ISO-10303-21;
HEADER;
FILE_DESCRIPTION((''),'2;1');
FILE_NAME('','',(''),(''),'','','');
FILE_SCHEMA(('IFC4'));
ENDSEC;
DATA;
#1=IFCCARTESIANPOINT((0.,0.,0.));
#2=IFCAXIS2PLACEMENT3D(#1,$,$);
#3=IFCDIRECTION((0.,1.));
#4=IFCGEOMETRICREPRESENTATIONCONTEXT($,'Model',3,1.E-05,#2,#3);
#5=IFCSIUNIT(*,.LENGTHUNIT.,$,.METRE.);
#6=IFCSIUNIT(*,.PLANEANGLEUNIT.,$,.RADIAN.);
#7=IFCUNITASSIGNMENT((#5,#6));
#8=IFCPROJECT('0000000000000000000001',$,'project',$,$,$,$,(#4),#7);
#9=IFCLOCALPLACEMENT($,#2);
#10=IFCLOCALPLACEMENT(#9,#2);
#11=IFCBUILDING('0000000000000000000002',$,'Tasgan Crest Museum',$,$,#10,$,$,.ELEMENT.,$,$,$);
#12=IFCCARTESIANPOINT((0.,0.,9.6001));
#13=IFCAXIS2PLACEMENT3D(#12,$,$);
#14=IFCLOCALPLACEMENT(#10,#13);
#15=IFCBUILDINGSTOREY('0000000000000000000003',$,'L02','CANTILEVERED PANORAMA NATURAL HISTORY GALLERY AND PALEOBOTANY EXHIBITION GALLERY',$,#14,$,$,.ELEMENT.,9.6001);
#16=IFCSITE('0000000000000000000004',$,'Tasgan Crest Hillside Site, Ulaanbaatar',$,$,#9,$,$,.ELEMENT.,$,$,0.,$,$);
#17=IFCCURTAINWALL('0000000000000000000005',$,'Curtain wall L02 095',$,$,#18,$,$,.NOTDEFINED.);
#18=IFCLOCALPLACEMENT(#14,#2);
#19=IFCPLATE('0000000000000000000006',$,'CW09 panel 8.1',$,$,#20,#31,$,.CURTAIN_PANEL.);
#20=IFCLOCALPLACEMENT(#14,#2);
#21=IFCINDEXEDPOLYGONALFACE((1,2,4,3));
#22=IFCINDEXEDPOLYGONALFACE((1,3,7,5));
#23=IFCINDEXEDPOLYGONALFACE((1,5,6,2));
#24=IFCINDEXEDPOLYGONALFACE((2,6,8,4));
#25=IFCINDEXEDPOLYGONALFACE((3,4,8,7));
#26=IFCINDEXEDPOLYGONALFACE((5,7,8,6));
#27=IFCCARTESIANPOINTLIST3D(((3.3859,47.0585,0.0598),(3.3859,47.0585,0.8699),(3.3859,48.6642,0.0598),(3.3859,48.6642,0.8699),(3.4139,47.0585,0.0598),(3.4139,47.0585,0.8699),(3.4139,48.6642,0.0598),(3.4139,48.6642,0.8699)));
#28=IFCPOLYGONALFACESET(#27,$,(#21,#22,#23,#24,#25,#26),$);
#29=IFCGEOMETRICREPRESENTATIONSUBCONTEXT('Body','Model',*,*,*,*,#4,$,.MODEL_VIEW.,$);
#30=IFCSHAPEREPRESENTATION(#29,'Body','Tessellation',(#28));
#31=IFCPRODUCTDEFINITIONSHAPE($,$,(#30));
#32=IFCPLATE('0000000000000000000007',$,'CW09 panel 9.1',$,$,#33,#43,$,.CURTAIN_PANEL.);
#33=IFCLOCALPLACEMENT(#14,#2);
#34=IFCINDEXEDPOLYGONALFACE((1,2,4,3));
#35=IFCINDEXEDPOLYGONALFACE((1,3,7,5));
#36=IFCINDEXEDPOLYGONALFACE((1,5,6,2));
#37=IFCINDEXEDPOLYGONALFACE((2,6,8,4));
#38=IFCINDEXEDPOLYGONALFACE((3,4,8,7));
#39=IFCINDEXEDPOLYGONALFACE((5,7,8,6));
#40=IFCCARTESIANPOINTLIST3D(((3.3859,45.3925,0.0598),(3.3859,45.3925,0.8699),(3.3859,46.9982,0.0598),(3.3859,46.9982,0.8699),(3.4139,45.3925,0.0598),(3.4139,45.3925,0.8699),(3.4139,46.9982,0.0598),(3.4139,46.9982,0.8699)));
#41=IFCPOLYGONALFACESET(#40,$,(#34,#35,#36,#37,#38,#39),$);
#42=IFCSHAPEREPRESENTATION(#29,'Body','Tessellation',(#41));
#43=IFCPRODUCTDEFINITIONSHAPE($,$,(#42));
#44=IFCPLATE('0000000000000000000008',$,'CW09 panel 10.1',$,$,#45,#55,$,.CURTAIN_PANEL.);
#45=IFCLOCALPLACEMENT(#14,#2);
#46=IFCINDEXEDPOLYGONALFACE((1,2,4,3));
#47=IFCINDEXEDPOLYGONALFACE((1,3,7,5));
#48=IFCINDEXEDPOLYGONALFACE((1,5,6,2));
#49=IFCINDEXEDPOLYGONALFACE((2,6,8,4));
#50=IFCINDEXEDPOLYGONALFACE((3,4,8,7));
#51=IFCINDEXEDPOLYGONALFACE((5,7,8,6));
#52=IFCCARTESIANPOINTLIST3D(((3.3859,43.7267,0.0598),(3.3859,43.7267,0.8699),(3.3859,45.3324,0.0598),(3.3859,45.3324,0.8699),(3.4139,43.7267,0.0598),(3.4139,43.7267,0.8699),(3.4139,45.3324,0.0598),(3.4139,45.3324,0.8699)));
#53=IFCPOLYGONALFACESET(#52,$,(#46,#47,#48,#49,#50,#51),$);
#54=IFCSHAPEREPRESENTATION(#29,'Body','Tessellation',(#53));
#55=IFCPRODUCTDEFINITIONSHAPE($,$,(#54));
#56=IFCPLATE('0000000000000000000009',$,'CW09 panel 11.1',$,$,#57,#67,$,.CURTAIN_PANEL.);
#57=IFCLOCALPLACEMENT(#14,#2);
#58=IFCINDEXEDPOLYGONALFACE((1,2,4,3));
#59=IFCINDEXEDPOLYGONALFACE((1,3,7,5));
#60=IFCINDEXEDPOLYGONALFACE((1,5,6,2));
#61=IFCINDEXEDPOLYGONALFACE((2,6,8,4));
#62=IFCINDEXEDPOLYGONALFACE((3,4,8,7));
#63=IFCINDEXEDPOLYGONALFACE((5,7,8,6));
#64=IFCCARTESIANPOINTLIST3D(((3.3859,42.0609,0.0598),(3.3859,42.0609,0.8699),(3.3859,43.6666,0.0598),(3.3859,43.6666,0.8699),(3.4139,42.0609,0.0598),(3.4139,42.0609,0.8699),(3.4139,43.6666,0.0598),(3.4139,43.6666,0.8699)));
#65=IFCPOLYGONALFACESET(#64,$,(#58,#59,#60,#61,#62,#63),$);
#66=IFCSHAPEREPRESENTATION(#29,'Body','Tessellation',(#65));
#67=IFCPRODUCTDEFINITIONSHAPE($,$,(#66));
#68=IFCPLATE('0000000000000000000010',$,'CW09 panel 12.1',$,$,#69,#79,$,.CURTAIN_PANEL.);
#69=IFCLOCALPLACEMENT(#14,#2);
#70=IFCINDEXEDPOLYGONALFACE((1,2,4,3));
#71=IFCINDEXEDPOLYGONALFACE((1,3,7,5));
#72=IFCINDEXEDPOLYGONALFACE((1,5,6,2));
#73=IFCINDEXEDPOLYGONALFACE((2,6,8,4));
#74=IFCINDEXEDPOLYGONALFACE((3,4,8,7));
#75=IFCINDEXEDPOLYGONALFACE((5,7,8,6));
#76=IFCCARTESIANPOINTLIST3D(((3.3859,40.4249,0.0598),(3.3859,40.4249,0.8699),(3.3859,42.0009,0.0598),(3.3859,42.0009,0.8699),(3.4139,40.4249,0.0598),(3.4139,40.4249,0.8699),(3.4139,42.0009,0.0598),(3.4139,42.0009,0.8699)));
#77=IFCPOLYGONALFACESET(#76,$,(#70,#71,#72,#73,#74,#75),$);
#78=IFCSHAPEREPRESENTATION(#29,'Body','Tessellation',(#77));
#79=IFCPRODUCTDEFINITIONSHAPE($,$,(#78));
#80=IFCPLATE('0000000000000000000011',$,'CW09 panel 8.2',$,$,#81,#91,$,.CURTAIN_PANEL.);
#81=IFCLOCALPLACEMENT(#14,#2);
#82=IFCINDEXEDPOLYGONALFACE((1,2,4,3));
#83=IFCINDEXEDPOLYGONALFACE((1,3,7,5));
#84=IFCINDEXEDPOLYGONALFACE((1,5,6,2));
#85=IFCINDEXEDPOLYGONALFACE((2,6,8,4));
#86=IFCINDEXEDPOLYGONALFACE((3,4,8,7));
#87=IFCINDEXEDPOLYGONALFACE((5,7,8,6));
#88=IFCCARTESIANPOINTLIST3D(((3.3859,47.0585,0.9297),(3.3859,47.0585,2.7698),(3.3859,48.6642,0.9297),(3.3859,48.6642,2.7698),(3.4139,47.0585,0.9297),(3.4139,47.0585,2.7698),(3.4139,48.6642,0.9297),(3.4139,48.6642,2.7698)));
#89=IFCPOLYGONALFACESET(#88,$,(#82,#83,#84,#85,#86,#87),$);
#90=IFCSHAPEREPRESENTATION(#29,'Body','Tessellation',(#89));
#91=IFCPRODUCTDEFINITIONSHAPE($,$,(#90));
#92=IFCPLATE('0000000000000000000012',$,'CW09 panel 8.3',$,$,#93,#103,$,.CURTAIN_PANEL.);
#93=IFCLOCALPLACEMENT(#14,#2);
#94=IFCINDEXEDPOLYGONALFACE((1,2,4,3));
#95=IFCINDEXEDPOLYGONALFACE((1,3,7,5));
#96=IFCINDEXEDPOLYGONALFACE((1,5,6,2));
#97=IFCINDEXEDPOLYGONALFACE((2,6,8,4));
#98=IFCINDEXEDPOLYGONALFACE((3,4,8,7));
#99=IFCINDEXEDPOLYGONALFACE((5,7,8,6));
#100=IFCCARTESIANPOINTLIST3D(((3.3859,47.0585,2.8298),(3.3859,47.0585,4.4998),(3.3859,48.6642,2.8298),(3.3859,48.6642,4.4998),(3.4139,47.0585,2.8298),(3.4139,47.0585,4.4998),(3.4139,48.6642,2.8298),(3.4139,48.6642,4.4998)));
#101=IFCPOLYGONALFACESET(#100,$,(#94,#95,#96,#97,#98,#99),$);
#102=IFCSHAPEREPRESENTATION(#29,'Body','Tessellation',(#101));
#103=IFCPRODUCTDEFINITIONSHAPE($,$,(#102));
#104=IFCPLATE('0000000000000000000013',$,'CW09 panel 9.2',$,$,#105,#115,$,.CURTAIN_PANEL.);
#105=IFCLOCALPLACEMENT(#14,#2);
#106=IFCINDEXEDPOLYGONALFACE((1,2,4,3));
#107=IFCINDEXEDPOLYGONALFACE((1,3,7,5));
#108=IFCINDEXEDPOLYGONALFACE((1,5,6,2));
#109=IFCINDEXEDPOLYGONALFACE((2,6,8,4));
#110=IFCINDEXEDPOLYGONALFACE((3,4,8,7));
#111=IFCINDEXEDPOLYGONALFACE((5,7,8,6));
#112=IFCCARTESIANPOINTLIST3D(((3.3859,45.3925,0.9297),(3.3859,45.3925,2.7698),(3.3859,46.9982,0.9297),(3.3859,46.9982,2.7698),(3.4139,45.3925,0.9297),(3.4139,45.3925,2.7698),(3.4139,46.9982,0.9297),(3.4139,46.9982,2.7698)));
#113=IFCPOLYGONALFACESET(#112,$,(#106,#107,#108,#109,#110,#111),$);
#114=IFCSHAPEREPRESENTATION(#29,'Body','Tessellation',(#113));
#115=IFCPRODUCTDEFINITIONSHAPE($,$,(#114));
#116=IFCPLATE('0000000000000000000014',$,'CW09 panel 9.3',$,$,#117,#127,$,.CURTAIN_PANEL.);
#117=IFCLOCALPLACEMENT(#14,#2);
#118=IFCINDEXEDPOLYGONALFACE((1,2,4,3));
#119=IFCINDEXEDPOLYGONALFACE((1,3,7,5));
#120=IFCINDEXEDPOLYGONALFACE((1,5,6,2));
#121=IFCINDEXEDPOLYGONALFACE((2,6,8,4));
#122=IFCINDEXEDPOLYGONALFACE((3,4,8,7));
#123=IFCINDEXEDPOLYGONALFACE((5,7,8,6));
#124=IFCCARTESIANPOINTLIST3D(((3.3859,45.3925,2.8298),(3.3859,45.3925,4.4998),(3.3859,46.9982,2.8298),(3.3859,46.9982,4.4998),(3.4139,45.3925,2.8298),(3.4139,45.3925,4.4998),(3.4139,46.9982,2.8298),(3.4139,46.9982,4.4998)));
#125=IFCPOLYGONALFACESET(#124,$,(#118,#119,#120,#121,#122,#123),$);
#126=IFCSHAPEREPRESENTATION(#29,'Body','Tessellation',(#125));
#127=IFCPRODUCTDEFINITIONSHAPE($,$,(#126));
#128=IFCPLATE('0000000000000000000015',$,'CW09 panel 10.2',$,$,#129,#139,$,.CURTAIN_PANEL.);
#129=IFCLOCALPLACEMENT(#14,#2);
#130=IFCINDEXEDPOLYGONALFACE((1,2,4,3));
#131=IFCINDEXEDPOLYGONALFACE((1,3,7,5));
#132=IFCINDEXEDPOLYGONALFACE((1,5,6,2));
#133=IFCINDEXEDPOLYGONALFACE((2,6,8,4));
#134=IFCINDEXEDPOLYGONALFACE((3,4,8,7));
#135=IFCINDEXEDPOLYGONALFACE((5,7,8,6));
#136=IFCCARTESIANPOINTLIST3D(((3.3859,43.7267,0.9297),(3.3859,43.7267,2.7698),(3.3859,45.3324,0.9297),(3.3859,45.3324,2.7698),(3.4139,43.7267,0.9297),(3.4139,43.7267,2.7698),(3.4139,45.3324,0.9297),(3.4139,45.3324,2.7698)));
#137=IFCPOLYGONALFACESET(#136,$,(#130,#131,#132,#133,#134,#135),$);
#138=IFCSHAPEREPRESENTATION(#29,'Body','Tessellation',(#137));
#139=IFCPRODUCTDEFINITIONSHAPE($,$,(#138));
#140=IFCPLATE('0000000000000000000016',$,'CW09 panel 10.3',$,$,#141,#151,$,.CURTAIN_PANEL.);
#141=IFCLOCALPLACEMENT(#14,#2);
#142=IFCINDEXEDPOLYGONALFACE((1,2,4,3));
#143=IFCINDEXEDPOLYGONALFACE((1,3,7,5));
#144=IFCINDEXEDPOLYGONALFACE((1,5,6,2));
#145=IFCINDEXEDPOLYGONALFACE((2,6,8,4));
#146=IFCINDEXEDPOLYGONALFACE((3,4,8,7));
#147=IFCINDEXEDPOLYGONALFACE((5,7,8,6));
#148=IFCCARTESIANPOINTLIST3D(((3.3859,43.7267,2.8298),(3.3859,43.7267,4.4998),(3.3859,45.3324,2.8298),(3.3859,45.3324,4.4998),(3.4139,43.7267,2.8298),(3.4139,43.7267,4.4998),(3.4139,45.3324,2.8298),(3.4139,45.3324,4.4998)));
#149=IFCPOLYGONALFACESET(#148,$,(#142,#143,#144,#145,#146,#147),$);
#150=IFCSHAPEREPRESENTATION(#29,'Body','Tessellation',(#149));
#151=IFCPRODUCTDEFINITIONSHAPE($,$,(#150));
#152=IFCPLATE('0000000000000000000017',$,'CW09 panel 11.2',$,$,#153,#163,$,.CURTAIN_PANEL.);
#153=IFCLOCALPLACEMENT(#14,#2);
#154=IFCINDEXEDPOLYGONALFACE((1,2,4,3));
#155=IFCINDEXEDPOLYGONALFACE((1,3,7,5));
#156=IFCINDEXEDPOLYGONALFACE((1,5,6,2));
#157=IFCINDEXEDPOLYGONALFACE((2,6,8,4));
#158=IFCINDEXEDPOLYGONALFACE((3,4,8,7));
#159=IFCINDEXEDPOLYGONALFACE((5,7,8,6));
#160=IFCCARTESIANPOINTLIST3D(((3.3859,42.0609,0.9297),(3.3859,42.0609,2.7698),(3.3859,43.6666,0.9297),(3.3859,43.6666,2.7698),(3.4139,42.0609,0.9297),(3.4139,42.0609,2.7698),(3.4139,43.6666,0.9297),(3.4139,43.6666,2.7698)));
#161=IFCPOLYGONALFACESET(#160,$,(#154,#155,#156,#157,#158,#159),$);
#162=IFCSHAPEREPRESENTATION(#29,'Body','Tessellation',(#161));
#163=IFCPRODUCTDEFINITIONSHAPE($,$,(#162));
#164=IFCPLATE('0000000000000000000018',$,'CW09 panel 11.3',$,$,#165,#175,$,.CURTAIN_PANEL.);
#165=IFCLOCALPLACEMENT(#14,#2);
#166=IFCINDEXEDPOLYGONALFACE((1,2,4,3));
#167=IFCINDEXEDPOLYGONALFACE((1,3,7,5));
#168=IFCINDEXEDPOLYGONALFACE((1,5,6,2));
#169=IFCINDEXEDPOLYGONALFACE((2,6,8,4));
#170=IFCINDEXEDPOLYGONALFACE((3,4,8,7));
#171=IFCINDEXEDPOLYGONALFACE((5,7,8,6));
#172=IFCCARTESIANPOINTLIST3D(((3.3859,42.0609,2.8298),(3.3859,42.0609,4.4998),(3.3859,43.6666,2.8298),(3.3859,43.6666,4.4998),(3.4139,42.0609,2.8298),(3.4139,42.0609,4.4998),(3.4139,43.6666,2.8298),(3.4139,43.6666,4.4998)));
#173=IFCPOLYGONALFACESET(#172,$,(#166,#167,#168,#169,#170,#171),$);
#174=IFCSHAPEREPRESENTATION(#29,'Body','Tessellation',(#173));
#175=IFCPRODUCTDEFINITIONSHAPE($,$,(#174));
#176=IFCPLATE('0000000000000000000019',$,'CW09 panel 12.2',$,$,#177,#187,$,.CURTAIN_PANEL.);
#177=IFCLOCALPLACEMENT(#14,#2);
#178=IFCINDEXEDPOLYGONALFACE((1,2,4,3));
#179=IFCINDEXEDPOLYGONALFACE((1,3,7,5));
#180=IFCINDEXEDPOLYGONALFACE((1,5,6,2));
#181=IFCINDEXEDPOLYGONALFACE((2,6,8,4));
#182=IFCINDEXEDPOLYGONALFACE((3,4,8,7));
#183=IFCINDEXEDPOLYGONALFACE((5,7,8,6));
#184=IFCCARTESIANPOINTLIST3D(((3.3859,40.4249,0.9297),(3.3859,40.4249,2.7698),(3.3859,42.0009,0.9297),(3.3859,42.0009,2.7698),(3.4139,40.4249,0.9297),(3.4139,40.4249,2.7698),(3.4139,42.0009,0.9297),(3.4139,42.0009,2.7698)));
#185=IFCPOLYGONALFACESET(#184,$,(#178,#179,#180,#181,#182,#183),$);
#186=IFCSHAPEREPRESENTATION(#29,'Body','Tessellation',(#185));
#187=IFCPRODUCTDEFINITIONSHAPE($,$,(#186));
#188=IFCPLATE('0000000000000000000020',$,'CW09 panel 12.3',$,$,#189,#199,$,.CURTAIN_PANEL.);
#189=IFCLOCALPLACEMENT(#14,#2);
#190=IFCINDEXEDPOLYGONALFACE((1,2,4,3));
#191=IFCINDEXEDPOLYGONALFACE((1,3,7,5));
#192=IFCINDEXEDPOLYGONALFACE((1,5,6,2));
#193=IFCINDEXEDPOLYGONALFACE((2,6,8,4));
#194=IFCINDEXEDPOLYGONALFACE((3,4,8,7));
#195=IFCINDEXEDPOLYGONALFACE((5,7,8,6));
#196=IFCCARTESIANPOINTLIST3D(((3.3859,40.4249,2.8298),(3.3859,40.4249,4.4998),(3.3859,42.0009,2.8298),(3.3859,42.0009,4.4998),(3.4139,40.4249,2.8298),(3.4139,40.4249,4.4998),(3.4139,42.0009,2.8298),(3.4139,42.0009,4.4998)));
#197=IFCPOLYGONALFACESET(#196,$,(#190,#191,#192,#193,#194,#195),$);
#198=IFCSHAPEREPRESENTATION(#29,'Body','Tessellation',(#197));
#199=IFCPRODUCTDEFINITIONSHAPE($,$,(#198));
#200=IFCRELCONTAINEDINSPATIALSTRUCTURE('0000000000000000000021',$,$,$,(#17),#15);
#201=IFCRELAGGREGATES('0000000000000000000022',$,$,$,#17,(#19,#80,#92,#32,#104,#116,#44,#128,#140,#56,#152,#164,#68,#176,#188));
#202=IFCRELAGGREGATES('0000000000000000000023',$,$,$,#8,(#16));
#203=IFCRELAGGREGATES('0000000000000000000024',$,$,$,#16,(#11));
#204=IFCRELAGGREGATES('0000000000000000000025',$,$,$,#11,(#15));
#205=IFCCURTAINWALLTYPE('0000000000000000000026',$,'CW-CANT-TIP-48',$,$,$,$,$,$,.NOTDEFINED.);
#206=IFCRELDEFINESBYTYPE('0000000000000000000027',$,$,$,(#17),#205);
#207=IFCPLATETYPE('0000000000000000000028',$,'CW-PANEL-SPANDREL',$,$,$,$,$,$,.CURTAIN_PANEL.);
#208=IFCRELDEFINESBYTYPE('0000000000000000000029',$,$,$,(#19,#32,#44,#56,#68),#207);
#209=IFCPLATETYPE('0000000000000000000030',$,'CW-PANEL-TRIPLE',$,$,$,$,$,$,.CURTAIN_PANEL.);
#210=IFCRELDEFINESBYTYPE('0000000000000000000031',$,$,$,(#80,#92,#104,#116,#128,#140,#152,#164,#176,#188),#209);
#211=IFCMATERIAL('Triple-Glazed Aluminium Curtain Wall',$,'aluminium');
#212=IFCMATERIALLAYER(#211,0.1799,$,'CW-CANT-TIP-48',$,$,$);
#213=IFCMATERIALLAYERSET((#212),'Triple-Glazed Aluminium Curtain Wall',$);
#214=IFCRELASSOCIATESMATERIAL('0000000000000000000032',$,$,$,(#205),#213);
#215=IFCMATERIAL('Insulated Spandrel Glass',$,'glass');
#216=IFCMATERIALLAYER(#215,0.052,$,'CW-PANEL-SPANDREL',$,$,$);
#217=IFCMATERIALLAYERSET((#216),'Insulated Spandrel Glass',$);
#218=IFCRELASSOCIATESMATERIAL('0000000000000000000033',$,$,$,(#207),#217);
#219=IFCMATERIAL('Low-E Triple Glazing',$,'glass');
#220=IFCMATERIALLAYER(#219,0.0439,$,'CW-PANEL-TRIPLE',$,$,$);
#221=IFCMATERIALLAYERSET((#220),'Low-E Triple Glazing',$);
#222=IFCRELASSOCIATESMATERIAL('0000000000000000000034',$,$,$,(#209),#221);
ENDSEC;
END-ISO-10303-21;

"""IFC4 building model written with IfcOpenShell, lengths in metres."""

from ifc_helpers import new_model, si_unit, direction, frame, origin, origin_2d, place, context, subcontext, project, spatial, rectangle, extrude, material, layer, layer_set, type_object, element, aggregate, save


model = new_model("IFC4")

# Units and contexts
model_context = context("Model", 3, precision=1e-05, world=origin(), true_north=direction((0.0, 1.0)))
body_context = subcontext(model_context, "Body", "Model", "MODEL_VIEW")
ifc_project = project(units=[si_unit("LENGTHUNIT", "METRE"), si_unit("PLANEANGLEUNIT", "RADIAN")], contexts=[model_context])

# Site, building, storey
site_placement = place(None, origin())
site = spatial("IfcSite", under=ifc_project, at=site_placement, Name="Tasgan Crest Hillside Site, Ulaanbaatar", CompositionType="ELEMENT", RefElevation=0.0)
building_placement = place(site_placement, origin())
building = spatial("IfcBuilding", under=site, at=building_placement, Name="Tasgan Crest Museum", CompositionType="ELEMENT")
storey_placement = place(building_placement, frame((0.0, 0.0, 9.6001)))
storey = spatial("IfcBuildingStorey", under=building, at=storey_placement, Name="L02", Description="CANTILEVERED PANORAMA NATURAL HISTORY GALLERY AND PALEOBOTANY EXHIBITION GALLERY", CompositionType="ELEMENT", Elevation=9.6001)

# Curtain wall, plates
ifc_material_1 = material(Name="Triple-Glazed Aluminium Curtain Wall", Category="aluminium")
ifc_layer_1 = layer(ifc_material_1, 0.1799, Name="CW-CANT-TIP-48")
ifc_layer_set_1 = layer_set([ifc_layer_1], Name="Triple-Glazed Aluminium Curtain Wall")
curtain_wall_type = type_object("IfcCurtainWallType", Name="CW-CANT-TIP-48", PredefinedType="NOTDEFINED", material=ifc_layer_set_1)
curtain_wall_placement = place(storey_placement, origin())
curtain_wall = element("IfcCurtainWall", 1, at=curtain_wall_placement, inside=storey, type_object=curtain_wall_type, Name="Curtain wall L02 095", PredefinedType="NOTDEFINED")
ifc_material_2 = material(Name="Insulated Spandrel Glass", Category="glass")
ifc_layer_2 = layer(ifc_material_2, 0.052, Name="CW-PANEL-SPANDREL")
ifc_layer_set_2 = layer_set([ifc_layer_2], Name="Insulated Spandrel Glass")
plate_type_1 = type_object("IfcPlateType", Name="CW-PANEL-SPANDREL", PredefinedType="CURTAIN_PANEL", material=ifc_layer_set_2)
plate_1_placement = place(storey_placement, frame((3.3999, 47.8613, 0.0598), z_axis=(0.0, 0.0, 1.0), x_axis=(0.0, -1.0, 0.0)))
plate_1 = element("IfcPlate", 2, at=plate_1_placement, type_object=plate_type_1, Name="CW09 panel 8.1", PredefinedType="CURTAIN_PANEL", context=body_context, shape_type="SweptSolid", body=[
    extrude(rectangle(XDim=1.6057, YDim=0.0281, at=origin_2d()), origin(), (0.0, 0.0, 1.0), 0.8101),
])
plate_2_placement = place(storey_placement, frame((3.3999, 46.1953, 0.0598), z_axis=(0.0, 0.0, 1.0), x_axis=(0.0, -1.0, 0.0)))
plate_2 = element("IfcPlate", 3, at=plate_2_placement, type_object=plate_type_1, Name="CW09 panel 9.1", PredefinedType="CURTAIN_PANEL", context=body_context, shape_type="SweptSolid", body=[
    extrude(rectangle(XDim=1.6057, YDim=0.0281, at=origin_2d()), origin(), (0.0, 0.0, 1.0), 0.8101),
])
plate_3_placement = place(storey_placement, frame((3.3999, 44.5295, 0.0598), z_axis=(0.0, 0.0, 1.0), x_axis=(0.0, -1.0, 0.0)))
plate_3 = element("IfcPlate", 4, at=plate_3_placement, type_object=plate_type_1, Name="CW09 panel 10.1", PredefinedType="CURTAIN_PANEL", context=body_context, shape_type="SweptSolid", body=[
    extrude(rectangle(XDim=1.6057, YDim=0.0281, at=origin_2d()), origin(), (0.0, 0.0, 1.0), 0.8101),
])
plate_4_placement = place(storey_placement, frame((3.3999, 42.8638, 0.0598), z_axis=(0.0, 0.0, 1.0), x_axis=(0.0, -1.0, 0.0)))
plate_4 = element("IfcPlate", 5, at=plate_4_placement, type_object=plate_type_1, Name="CW09 panel 11.1", PredefinedType="CURTAIN_PANEL", context=body_context, shape_type="SweptSolid", body=[
    extrude(rectangle(XDim=1.6057, YDim=0.0281, at=origin_2d()), origin(), (0.0, 0.0, 1.0), 0.8101),
])
plate_5_placement = place(storey_placement, frame((3.3999, 41.2129, 0.0598), z_axis=(0.0, 0.0, 1.0), x_axis=(0.0, -1.0, 0.0)))
plate_5 = element("IfcPlate", 6, at=plate_5_placement, type_object=plate_type_1, Name="CW09 panel 12.1", PredefinedType="CURTAIN_PANEL", context=body_context, shape_type="SweptSolid", body=[
    extrude(rectangle(XDim=1.5759, YDim=0.0281, at=origin_2d()), origin(), (0.0, 0.0, 1.0), 0.8101),
])
ifc_material_3 = material(Name="Low-E Triple Glazing", Category="glass")
ifc_layer_3 = layer(ifc_material_3, 0.0439, Name="CW-PANEL-TRIPLE")
ifc_layer_set_3 = layer_set([ifc_layer_3], Name="Low-E Triple Glazing")
plate_type_2 = type_object("IfcPlateType", Name="CW-PANEL-TRIPLE", PredefinedType="CURTAIN_PANEL", material=ifc_layer_set_3)
plate_6_placement = place(storey_placement, frame((3.3999, 47.8613, 0.9297), z_axis=(0.0, 0.0, 1.0), x_axis=(0.0, -1.0, 0.0)))
plate_6 = element("IfcPlate", 7, at=plate_6_placement, type_object=plate_type_2, Name="CW09 panel 8.2", PredefinedType="CURTAIN_PANEL", context=body_context, shape_type="SweptSolid", body=[
    extrude(rectangle(XDim=1.6057, YDim=0.0281, at=origin_2d()), origin(), (0.0, 0.0, 1.0), 1.8401),
])
plate_7_placement = place(storey_placement, frame((3.3999, 47.8613, 2.8298), z_axis=(0.0, 0.0, 1.0), x_axis=(0.0, -1.0, 0.0)))
plate_7 = element("IfcPlate", 8, at=plate_7_placement, type_object=plate_type_2, Name="CW09 panel 8.3", PredefinedType="CURTAIN_PANEL", context=body_context, shape_type="SweptSolid", body=[
    extrude(rectangle(XDim=1.6057, YDim=0.0281, at=origin_2d()), origin(), (0.0, 0.0, 1.0), 1.6699),
])
plate_8_placement = place(storey_placement, frame((3.3999, 46.1953, 0.9297), z_axis=(0.0, 0.0, 1.0), x_axis=(0.0, -1.0, 0.0)))
plate_8 = element("IfcPlate", 9, at=plate_8_placement, type_object=plate_type_2, Name="CW09 panel 9.2", PredefinedType="CURTAIN_PANEL", context=body_context, shape_type="SweptSolid", body=[
    extrude(rectangle(XDim=1.6057, YDim=0.0281, at=origin_2d()), origin(), (0.0, 0.0, 1.0), 1.8401),
])
plate_9_placement = place(storey_placement, frame((3.3999, 46.1953, 2.8298), z_axis=(0.0, 0.0, 1.0), x_axis=(0.0, -1.0, 0.0)))
plate_9 = element("IfcPlate", 10, at=plate_9_placement, type_object=plate_type_2, Name="CW09 panel 9.3", PredefinedType="CURTAIN_PANEL", context=body_context, shape_type="SweptSolid", body=[
    extrude(rectangle(XDim=1.6057, YDim=0.0281, at=origin_2d()), origin(), (0.0, 0.0, 1.0), 1.6699),
])
plate_10_placement = place(storey_placement, frame((3.3999, 44.5295, 0.9297), z_axis=(0.0, 0.0, 1.0), x_axis=(0.0, -1.0, 0.0)))
plate_10 = element("IfcPlate", 11, at=plate_10_placement, type_object=plate_type_2, Name="CW09 panel 10.2", PredefinedType="CURTAIN_PANEL", context=body_context, shape_type="SweptSolid", body=[
    extrude(rectangle(XDim=1.6057, YDim=0.0281, at=origin_2d()), origin(), (0.0, 0.0, 1.0), 1.8401),
])
plate_11_placement = place(storey_placement, frame((3.3999, 44.5295, 2.8298), z_axis=(0.0, 0.0, 1.0), x_axis=(0.0, -1.0, 0.0)))
plate_11 = element("IfcPlate", 12, at=plate_11_placement, type_object=plate_type_2, Name="CW09 panel 10.3", PredefinedType="CURTAIN_PANEL", context=body_context, shape_type="SweptSolid", body=[
    extrude(rectangle(XDim=1.6057, YDim=0.0281, at=origin_2d()), origin(), (0.0, 0.0, 1.0), 1.6699),
])
plate_12_placement = place(storey_placement, frame((3.3999, 42.8638, 0.9297), z_axis=(0.0, 0.0, 1.0), x_axis=(0.0, -1.0, 0.0)))
plate_12 = element("IfcPlate", 13, at=plate_12_placement, type_object=plate_type_2, Name="CW09 panel 11.2", PredefinedType="CURTAIN_PANEL", context=body_context, shape_type="SweptSolid", body=[
    extrude(rectangle(XDim=1.6057, YDim=0.0281, at=origin_2d()), origin(), (0.0, 0.0, 1.0), 1.8401),
])
plate_13_placement = place(storey_placement, frame((3.3999, 42.8638, 2.8298), z_axis=(0.0, 0.0, 1.0), x_axis=(0.0, -1.0, 0.0)))
plate_13 = element("IfcPlate", 14, at=plate_13_placement, type_object=plate_type_2, Name="CW09 panel 11.3", PredefinedType="CURTAIN_PANEL", context=body_context, shape_type="SweptSolid", body=[
    extrude(rectangle(XDim=1.6057, YDim=0.0281, at=origin_2d()), origin(), (0.0, 0.0, 1.0), 1.6699),
])
plate_14_placement = place(storey_placement, frame((3.3999, 41.2129, 0.9297), z_axis=(0.0, 0.0, 1.0), x_axis=(0.0, -1.0, 0.0)))
plate_14 = element("IfcPlate", 15, at=plate_14_placement, type_object=plate_type_2, Name="CW09 panel 12.2", PredefinedType="CURTAIN_PANEL", context=body_context, shape_type="SweptSolid", body=[
    extrude(rectangle(XDim=1.5759, YDim=0.0281, at=origin_2d()), origin(), (0.0, 0.0, 1.0), 1.8401),
])
plate_15_placement = place(storey_placement, frame((3.3999, 41.2129, 2.8298), z_axis=(0.0, 0.0, 1.0), x_axis=(0.0, -1.0, 0.0)))
plate_15 = element("IfcPlate", 16, at=plate_15_placement, type_object=plate_type_2, Name="CW09 panel 12.3", PredefinedType="CURTAIN_PANEL", context=body_context, shape_type="SweptSolid", body=[
    extrude(rectangle(XDim=1.5759, YDim=0.0281, at=origin_2d()), origin(), (0.0, 0.0, 1.0), 1.6699),
])
aggregate(curtain_wall, [plate_1, plate_6, plate_7, plate_2, plate_8, plate_9, plate_3, plate_10, plate_11, plate_4, plate_12, plate_13, plate_5, plate_14, plate_15])

save(model, "model.ifc")
